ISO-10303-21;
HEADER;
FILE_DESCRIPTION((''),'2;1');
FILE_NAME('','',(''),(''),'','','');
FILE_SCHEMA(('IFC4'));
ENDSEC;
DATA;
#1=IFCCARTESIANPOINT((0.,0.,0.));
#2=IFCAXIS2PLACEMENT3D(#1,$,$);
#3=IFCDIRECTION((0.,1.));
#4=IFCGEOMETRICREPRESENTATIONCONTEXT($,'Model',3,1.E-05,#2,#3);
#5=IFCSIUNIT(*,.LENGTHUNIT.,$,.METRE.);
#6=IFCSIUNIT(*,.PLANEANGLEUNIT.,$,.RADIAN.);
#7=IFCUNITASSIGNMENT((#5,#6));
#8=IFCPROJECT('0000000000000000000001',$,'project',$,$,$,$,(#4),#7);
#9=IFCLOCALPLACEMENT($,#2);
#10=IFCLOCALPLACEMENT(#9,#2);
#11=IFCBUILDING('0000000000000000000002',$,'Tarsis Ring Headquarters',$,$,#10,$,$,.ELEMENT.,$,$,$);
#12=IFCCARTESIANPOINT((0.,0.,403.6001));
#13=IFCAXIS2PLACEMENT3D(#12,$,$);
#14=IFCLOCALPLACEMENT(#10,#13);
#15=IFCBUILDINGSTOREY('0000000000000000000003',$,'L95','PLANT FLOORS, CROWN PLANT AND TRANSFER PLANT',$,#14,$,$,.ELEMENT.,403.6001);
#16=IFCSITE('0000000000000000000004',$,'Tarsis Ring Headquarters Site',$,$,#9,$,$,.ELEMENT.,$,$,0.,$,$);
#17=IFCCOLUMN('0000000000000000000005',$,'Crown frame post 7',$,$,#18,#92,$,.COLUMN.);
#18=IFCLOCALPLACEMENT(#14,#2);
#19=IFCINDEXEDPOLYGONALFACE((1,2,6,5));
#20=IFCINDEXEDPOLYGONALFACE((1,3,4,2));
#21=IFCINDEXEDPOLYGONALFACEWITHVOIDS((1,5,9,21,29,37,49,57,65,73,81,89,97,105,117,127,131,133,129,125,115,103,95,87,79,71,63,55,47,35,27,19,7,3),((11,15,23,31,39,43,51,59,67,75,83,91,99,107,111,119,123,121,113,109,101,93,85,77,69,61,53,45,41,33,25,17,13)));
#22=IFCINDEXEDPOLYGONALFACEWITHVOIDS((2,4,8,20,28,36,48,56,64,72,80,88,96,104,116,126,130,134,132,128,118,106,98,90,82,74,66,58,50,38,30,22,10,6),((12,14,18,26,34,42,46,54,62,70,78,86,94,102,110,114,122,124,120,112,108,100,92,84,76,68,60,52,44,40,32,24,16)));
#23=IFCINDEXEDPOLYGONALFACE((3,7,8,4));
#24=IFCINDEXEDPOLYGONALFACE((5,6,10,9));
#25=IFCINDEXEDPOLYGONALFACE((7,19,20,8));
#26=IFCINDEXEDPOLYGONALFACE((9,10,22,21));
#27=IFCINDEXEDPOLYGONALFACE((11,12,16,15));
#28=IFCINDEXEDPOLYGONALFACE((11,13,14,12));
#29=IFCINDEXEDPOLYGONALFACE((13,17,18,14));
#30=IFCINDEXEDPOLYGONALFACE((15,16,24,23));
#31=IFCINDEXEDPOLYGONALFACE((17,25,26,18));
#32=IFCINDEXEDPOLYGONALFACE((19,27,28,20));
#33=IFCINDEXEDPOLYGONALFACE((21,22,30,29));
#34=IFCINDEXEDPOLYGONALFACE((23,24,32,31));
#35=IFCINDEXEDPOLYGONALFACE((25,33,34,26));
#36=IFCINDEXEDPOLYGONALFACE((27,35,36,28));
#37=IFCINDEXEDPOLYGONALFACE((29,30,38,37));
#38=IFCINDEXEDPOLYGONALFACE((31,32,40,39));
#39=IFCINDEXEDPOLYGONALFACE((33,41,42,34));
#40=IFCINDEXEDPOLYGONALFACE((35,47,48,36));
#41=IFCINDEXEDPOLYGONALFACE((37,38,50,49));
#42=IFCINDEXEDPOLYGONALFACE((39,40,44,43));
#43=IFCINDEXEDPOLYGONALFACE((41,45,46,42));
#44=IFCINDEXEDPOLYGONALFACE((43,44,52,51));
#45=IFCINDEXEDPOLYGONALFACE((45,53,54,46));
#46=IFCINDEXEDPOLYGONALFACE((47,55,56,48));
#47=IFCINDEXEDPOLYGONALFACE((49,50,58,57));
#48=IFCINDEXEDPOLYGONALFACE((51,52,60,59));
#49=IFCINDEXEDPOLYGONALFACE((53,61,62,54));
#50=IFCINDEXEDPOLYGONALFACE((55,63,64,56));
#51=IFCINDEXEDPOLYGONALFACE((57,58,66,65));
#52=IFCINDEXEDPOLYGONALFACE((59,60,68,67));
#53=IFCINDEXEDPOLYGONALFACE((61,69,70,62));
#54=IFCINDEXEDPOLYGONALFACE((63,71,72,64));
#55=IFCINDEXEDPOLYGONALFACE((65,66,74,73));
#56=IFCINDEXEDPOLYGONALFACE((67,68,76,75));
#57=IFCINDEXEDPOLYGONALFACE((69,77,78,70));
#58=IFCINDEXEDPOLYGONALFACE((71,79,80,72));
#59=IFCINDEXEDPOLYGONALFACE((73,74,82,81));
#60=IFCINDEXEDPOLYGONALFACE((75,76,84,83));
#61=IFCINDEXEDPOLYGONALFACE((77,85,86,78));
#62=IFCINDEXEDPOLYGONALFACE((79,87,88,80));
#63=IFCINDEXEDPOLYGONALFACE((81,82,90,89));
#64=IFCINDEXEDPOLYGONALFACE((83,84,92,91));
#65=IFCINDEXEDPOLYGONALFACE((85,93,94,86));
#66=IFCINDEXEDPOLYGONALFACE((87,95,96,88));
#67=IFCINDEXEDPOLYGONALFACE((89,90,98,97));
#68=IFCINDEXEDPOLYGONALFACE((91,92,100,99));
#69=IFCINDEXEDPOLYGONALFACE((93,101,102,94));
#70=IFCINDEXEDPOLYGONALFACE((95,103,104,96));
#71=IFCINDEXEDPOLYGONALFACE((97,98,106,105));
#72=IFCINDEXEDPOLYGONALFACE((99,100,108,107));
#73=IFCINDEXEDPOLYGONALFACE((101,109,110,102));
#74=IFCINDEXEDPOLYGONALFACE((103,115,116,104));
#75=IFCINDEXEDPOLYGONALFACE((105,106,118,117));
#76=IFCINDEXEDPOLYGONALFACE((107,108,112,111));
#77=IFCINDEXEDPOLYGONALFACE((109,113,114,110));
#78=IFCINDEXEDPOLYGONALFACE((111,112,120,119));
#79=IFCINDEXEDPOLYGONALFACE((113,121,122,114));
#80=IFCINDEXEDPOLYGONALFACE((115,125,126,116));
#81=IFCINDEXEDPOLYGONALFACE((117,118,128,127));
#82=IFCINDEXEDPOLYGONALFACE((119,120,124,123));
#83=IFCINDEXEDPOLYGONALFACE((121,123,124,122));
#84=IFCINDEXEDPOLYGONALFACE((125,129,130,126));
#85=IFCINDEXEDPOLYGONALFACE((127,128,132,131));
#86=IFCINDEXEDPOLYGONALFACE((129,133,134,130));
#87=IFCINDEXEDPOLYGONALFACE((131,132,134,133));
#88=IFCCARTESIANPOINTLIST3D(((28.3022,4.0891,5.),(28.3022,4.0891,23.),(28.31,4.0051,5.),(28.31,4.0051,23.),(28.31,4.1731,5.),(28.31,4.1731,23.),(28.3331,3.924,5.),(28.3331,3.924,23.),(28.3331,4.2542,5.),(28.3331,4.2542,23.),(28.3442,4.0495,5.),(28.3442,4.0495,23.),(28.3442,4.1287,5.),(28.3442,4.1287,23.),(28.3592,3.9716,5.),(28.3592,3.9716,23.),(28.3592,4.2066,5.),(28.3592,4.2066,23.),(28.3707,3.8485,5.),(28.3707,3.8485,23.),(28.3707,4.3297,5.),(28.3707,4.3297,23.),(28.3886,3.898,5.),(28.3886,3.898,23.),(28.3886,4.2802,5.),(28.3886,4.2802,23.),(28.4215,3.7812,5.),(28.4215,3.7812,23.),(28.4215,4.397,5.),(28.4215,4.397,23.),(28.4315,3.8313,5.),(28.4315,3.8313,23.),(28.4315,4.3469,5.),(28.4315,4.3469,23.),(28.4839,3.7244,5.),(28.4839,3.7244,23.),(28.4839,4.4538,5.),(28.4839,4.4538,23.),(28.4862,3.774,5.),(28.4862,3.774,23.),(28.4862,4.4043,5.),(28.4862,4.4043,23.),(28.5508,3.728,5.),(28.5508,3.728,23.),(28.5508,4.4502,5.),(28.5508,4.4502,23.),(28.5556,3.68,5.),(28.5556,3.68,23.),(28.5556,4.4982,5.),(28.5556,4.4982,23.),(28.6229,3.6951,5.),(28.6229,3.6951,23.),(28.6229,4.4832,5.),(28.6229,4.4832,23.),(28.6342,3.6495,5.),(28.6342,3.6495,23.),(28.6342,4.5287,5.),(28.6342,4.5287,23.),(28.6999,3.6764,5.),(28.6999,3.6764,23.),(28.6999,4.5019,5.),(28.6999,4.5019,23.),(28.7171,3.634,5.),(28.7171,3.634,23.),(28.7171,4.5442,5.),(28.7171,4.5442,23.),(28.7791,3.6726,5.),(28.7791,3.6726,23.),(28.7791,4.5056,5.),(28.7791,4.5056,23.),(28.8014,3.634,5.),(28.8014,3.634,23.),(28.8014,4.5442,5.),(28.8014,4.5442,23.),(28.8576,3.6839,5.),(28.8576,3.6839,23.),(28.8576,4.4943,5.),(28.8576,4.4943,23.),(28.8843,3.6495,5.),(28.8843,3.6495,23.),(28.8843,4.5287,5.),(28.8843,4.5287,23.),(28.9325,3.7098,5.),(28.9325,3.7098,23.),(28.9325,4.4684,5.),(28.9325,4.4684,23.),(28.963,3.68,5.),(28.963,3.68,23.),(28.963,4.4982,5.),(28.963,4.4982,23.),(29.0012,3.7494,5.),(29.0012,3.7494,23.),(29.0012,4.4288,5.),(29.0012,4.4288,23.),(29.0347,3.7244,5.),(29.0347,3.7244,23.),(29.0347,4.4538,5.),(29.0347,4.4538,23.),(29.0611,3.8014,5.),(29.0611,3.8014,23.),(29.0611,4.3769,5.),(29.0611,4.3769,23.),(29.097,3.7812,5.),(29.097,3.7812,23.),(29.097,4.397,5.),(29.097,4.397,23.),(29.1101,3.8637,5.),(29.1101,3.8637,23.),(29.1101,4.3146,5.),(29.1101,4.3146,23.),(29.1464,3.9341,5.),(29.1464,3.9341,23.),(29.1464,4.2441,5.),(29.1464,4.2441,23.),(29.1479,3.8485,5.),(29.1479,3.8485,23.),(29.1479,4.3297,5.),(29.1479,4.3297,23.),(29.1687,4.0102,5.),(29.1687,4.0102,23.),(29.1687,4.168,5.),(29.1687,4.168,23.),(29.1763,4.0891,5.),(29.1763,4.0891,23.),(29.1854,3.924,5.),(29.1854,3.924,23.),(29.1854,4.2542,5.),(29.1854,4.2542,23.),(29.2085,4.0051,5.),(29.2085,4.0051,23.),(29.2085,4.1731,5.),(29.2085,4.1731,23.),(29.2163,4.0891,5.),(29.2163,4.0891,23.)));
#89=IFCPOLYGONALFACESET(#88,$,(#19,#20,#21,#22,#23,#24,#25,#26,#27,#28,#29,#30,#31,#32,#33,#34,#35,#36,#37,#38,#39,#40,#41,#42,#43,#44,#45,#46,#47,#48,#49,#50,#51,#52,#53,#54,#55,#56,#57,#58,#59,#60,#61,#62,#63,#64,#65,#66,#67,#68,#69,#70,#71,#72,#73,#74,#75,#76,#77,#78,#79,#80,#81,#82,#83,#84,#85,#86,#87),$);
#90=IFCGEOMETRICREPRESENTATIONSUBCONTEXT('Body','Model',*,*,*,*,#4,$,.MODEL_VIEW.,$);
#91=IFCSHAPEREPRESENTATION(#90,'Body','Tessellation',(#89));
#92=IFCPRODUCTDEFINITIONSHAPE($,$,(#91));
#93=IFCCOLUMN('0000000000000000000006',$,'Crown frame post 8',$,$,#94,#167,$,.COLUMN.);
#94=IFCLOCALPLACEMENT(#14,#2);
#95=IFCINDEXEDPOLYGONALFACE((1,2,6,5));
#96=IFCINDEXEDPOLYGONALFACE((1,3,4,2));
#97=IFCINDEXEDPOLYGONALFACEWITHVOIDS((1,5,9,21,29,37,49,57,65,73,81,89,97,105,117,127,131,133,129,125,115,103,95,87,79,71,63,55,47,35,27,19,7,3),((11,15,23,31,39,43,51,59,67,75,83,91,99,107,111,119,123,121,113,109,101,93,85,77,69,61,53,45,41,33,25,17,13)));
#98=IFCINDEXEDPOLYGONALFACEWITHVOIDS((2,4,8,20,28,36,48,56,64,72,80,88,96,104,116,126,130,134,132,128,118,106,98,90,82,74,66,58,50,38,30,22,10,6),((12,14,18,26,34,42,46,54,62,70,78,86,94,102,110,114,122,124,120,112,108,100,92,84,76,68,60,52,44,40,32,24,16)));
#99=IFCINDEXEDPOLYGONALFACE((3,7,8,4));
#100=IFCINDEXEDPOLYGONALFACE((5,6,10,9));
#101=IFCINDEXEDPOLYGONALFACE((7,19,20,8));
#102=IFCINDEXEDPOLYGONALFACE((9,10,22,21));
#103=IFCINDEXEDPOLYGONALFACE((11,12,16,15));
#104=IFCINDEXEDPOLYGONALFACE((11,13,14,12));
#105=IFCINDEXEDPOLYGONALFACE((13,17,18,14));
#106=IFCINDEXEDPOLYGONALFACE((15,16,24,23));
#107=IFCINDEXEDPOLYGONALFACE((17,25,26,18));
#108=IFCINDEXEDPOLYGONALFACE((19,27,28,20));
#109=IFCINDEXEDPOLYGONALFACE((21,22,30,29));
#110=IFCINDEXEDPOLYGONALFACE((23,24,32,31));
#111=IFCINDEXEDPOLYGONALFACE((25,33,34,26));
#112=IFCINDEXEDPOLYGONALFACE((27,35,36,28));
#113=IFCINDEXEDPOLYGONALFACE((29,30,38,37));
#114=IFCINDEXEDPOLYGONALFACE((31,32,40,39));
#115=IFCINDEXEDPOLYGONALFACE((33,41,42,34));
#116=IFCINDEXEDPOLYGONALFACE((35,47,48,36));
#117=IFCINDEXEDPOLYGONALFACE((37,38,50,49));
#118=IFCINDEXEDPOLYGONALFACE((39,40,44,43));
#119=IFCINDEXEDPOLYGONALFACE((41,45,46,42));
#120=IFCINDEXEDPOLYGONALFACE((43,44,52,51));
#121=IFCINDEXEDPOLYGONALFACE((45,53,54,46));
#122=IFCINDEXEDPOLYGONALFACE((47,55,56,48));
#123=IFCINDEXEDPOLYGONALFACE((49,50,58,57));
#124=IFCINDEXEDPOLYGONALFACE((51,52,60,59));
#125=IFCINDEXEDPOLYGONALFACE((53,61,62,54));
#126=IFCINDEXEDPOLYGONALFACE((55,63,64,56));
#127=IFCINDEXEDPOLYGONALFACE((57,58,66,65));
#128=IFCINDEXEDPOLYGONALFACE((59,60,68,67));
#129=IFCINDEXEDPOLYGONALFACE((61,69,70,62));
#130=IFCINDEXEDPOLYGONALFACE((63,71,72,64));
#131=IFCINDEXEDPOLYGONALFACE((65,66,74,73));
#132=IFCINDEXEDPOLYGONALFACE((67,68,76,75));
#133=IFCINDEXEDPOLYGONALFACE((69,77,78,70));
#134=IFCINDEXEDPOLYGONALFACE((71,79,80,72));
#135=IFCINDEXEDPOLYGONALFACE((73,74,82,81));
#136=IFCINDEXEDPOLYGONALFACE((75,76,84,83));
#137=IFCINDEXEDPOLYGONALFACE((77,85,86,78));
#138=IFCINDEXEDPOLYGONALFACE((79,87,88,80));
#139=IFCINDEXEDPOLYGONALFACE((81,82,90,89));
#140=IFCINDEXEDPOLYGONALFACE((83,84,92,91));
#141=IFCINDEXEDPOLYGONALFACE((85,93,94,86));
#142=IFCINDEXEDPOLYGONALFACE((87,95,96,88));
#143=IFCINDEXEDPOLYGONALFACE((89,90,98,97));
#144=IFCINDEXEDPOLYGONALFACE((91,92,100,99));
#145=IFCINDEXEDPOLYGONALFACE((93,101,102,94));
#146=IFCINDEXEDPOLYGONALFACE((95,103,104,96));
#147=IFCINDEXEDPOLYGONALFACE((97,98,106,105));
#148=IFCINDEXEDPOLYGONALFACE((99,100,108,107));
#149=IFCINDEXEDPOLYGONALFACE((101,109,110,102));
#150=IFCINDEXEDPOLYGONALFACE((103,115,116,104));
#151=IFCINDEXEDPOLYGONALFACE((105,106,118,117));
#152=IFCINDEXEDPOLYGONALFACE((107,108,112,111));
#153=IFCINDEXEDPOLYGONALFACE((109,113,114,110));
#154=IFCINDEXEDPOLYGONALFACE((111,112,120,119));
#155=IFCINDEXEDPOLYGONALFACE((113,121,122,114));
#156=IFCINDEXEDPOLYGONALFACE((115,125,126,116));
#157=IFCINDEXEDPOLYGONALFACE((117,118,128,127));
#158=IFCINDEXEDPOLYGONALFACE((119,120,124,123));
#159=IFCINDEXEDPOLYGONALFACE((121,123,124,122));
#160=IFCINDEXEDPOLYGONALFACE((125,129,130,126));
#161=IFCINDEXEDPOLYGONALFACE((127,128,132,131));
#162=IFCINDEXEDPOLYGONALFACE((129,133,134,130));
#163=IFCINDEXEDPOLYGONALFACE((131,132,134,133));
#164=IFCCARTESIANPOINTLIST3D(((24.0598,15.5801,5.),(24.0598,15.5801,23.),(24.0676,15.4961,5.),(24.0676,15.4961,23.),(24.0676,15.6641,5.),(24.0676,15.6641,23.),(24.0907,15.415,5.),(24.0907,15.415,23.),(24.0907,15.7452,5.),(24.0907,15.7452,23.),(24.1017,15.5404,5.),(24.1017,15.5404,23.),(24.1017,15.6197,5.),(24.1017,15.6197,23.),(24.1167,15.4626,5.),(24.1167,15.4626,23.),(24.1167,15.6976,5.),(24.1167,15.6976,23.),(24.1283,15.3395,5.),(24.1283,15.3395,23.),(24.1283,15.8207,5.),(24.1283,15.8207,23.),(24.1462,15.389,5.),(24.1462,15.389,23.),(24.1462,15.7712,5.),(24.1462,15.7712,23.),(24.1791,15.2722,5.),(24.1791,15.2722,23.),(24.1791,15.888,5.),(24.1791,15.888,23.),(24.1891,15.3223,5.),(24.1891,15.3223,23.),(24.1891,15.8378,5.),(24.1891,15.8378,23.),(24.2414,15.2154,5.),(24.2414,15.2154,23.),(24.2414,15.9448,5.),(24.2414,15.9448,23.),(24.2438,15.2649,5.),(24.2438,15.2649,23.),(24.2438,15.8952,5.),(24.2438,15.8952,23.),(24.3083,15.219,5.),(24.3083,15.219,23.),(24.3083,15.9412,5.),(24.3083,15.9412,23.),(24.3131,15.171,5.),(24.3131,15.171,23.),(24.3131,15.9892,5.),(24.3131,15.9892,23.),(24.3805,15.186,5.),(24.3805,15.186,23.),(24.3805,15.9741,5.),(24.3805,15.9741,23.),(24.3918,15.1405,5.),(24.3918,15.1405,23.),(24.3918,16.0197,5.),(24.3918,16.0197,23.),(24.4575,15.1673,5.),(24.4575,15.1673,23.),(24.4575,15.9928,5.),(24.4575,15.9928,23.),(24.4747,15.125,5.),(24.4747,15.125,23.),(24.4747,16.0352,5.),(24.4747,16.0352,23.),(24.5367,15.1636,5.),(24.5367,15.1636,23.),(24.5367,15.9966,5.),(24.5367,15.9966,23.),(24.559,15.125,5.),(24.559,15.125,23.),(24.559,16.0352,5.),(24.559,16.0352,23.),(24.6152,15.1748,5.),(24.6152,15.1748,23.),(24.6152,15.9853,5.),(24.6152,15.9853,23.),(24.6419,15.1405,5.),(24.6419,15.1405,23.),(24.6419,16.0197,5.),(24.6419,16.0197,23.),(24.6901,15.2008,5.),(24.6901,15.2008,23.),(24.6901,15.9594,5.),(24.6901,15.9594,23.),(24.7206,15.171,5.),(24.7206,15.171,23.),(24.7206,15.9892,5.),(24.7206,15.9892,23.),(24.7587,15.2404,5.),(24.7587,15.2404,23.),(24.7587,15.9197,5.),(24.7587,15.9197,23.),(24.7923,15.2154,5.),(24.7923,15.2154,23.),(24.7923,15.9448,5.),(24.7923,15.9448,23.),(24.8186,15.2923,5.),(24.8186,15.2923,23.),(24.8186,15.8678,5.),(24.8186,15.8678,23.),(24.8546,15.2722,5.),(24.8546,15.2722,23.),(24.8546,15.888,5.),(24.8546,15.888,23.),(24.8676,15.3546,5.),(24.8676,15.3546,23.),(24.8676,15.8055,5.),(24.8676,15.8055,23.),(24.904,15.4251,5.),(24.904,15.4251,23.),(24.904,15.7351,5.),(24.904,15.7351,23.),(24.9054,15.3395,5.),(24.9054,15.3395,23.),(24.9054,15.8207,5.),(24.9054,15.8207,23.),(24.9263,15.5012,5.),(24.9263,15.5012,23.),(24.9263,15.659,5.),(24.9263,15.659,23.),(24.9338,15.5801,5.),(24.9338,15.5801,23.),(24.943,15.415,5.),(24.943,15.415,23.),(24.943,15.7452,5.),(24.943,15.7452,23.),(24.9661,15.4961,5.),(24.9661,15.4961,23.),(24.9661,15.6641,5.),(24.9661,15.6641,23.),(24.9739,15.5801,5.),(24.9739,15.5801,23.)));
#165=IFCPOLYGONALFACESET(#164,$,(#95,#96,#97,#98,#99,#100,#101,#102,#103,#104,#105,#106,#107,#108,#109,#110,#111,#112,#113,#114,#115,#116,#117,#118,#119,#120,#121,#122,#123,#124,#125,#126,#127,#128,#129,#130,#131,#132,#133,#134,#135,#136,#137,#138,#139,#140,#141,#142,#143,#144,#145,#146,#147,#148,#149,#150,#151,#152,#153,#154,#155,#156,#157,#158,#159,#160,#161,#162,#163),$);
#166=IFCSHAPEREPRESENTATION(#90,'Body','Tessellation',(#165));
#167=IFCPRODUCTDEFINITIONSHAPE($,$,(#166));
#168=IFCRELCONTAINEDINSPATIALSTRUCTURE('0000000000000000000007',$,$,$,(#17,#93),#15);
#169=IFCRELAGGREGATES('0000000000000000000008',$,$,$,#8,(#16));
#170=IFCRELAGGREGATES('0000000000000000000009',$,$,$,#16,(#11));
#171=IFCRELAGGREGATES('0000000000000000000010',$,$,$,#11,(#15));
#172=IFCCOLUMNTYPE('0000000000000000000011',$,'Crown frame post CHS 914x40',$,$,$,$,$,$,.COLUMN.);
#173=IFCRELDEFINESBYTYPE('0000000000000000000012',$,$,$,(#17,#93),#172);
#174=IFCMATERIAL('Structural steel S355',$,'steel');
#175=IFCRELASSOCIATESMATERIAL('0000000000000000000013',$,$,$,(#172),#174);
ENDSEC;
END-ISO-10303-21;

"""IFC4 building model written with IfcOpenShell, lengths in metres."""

from ifc_helpers import new_model, si_unit, direction, frame, origin, origin_2d, place, context, subcontext, project, spatial, hollow_circle, extrude, material, material_profile, profile_set, type_object, element, save


model = new_model("IFC4")

# Units and contexts
model_context = context("Model", 3, precision=1e-05, world=origin(), true_north=direction((0.0, 1.0)))
body_context = subcontext(model_context, "Body", "Model", "MODEL_VIEW")
ifc_project = project(units=[si_unit("LENGTHUNIT", "METRE"), si_unit("PLANEANGLEUNIT", "RADIAN")], contexts=[model_context])

# Site, building, storey
site_placement = place(None, origin())
site = spatial("IfcSite", under=ifc_project, at=site_placement, Name="Tarsis Ring Headquarters Site", CompositionType="ELEMENT", RefElevation=0.0)
building_placement = place(site_placement, origin())
building = spatial("IfcBuilding", under=site, at=building_placement, Name="Tarsis Ring Headquarters", CompositionType="ELEMENT")
storey_placement = place(building_placement, frame((0.0, 0.0, 403.6001)))
storey = spatial("IfcBuildingStorey", under=building, at=storey_placement, Name="L95", Description="PLANT FLOORS, CROWN PLANT AND TRANSFER PLANT", CompositionType="ELEMENT", Elevation=403.6001)

# Columns
ifc_material_1 = material(Name="Structural steel S355", Category="steel")
ifc_material_profile_1 = material_profile(ifc_material_1, hollow_circle(Radius=0.457, WallThickness=0.04, at=origin_2d()), Name="CHS 914x40")
ifc_profile_set_1 = profile_set([ifc_material_profile_1], Name="Structural steel S355")
column_type_1 = type_object("IfcColumnType", Name="Crown frame post CHS 914x40", PredefinedType="COLUMN", material=ifc_profile_set_1)
for number, where, z_axis, x_axis, name in (
    (1, (28.7593, 4.0891, 5.0), (0.0, 0.0, 1.0), (1.0, 0.0, 0.0), "Crown frame post 7"),
    (2, (24.5168, 15.5801, 5.0), (0.0, 0.0, 1.0), (1.0, 0.0, 0.0), "Crown frame post 8"),
):
    element("IfcColumn", number, at=place(storey_placement, frame(where, z_axis=z_axis, x_axis=x_axis)), inside=storey, type_object=column_type_1, Name=name, PredefinedType="COLUMN", context=body_context, shape_type="SweptSolid", body=[
        extrude(hollow_circle(Radius=0.457, WallThickness=0.04, at=origin_2d()), origin(), (0.0, 0.0, 1.0), 18.0),
    ])

save(model, "model.ifc")
